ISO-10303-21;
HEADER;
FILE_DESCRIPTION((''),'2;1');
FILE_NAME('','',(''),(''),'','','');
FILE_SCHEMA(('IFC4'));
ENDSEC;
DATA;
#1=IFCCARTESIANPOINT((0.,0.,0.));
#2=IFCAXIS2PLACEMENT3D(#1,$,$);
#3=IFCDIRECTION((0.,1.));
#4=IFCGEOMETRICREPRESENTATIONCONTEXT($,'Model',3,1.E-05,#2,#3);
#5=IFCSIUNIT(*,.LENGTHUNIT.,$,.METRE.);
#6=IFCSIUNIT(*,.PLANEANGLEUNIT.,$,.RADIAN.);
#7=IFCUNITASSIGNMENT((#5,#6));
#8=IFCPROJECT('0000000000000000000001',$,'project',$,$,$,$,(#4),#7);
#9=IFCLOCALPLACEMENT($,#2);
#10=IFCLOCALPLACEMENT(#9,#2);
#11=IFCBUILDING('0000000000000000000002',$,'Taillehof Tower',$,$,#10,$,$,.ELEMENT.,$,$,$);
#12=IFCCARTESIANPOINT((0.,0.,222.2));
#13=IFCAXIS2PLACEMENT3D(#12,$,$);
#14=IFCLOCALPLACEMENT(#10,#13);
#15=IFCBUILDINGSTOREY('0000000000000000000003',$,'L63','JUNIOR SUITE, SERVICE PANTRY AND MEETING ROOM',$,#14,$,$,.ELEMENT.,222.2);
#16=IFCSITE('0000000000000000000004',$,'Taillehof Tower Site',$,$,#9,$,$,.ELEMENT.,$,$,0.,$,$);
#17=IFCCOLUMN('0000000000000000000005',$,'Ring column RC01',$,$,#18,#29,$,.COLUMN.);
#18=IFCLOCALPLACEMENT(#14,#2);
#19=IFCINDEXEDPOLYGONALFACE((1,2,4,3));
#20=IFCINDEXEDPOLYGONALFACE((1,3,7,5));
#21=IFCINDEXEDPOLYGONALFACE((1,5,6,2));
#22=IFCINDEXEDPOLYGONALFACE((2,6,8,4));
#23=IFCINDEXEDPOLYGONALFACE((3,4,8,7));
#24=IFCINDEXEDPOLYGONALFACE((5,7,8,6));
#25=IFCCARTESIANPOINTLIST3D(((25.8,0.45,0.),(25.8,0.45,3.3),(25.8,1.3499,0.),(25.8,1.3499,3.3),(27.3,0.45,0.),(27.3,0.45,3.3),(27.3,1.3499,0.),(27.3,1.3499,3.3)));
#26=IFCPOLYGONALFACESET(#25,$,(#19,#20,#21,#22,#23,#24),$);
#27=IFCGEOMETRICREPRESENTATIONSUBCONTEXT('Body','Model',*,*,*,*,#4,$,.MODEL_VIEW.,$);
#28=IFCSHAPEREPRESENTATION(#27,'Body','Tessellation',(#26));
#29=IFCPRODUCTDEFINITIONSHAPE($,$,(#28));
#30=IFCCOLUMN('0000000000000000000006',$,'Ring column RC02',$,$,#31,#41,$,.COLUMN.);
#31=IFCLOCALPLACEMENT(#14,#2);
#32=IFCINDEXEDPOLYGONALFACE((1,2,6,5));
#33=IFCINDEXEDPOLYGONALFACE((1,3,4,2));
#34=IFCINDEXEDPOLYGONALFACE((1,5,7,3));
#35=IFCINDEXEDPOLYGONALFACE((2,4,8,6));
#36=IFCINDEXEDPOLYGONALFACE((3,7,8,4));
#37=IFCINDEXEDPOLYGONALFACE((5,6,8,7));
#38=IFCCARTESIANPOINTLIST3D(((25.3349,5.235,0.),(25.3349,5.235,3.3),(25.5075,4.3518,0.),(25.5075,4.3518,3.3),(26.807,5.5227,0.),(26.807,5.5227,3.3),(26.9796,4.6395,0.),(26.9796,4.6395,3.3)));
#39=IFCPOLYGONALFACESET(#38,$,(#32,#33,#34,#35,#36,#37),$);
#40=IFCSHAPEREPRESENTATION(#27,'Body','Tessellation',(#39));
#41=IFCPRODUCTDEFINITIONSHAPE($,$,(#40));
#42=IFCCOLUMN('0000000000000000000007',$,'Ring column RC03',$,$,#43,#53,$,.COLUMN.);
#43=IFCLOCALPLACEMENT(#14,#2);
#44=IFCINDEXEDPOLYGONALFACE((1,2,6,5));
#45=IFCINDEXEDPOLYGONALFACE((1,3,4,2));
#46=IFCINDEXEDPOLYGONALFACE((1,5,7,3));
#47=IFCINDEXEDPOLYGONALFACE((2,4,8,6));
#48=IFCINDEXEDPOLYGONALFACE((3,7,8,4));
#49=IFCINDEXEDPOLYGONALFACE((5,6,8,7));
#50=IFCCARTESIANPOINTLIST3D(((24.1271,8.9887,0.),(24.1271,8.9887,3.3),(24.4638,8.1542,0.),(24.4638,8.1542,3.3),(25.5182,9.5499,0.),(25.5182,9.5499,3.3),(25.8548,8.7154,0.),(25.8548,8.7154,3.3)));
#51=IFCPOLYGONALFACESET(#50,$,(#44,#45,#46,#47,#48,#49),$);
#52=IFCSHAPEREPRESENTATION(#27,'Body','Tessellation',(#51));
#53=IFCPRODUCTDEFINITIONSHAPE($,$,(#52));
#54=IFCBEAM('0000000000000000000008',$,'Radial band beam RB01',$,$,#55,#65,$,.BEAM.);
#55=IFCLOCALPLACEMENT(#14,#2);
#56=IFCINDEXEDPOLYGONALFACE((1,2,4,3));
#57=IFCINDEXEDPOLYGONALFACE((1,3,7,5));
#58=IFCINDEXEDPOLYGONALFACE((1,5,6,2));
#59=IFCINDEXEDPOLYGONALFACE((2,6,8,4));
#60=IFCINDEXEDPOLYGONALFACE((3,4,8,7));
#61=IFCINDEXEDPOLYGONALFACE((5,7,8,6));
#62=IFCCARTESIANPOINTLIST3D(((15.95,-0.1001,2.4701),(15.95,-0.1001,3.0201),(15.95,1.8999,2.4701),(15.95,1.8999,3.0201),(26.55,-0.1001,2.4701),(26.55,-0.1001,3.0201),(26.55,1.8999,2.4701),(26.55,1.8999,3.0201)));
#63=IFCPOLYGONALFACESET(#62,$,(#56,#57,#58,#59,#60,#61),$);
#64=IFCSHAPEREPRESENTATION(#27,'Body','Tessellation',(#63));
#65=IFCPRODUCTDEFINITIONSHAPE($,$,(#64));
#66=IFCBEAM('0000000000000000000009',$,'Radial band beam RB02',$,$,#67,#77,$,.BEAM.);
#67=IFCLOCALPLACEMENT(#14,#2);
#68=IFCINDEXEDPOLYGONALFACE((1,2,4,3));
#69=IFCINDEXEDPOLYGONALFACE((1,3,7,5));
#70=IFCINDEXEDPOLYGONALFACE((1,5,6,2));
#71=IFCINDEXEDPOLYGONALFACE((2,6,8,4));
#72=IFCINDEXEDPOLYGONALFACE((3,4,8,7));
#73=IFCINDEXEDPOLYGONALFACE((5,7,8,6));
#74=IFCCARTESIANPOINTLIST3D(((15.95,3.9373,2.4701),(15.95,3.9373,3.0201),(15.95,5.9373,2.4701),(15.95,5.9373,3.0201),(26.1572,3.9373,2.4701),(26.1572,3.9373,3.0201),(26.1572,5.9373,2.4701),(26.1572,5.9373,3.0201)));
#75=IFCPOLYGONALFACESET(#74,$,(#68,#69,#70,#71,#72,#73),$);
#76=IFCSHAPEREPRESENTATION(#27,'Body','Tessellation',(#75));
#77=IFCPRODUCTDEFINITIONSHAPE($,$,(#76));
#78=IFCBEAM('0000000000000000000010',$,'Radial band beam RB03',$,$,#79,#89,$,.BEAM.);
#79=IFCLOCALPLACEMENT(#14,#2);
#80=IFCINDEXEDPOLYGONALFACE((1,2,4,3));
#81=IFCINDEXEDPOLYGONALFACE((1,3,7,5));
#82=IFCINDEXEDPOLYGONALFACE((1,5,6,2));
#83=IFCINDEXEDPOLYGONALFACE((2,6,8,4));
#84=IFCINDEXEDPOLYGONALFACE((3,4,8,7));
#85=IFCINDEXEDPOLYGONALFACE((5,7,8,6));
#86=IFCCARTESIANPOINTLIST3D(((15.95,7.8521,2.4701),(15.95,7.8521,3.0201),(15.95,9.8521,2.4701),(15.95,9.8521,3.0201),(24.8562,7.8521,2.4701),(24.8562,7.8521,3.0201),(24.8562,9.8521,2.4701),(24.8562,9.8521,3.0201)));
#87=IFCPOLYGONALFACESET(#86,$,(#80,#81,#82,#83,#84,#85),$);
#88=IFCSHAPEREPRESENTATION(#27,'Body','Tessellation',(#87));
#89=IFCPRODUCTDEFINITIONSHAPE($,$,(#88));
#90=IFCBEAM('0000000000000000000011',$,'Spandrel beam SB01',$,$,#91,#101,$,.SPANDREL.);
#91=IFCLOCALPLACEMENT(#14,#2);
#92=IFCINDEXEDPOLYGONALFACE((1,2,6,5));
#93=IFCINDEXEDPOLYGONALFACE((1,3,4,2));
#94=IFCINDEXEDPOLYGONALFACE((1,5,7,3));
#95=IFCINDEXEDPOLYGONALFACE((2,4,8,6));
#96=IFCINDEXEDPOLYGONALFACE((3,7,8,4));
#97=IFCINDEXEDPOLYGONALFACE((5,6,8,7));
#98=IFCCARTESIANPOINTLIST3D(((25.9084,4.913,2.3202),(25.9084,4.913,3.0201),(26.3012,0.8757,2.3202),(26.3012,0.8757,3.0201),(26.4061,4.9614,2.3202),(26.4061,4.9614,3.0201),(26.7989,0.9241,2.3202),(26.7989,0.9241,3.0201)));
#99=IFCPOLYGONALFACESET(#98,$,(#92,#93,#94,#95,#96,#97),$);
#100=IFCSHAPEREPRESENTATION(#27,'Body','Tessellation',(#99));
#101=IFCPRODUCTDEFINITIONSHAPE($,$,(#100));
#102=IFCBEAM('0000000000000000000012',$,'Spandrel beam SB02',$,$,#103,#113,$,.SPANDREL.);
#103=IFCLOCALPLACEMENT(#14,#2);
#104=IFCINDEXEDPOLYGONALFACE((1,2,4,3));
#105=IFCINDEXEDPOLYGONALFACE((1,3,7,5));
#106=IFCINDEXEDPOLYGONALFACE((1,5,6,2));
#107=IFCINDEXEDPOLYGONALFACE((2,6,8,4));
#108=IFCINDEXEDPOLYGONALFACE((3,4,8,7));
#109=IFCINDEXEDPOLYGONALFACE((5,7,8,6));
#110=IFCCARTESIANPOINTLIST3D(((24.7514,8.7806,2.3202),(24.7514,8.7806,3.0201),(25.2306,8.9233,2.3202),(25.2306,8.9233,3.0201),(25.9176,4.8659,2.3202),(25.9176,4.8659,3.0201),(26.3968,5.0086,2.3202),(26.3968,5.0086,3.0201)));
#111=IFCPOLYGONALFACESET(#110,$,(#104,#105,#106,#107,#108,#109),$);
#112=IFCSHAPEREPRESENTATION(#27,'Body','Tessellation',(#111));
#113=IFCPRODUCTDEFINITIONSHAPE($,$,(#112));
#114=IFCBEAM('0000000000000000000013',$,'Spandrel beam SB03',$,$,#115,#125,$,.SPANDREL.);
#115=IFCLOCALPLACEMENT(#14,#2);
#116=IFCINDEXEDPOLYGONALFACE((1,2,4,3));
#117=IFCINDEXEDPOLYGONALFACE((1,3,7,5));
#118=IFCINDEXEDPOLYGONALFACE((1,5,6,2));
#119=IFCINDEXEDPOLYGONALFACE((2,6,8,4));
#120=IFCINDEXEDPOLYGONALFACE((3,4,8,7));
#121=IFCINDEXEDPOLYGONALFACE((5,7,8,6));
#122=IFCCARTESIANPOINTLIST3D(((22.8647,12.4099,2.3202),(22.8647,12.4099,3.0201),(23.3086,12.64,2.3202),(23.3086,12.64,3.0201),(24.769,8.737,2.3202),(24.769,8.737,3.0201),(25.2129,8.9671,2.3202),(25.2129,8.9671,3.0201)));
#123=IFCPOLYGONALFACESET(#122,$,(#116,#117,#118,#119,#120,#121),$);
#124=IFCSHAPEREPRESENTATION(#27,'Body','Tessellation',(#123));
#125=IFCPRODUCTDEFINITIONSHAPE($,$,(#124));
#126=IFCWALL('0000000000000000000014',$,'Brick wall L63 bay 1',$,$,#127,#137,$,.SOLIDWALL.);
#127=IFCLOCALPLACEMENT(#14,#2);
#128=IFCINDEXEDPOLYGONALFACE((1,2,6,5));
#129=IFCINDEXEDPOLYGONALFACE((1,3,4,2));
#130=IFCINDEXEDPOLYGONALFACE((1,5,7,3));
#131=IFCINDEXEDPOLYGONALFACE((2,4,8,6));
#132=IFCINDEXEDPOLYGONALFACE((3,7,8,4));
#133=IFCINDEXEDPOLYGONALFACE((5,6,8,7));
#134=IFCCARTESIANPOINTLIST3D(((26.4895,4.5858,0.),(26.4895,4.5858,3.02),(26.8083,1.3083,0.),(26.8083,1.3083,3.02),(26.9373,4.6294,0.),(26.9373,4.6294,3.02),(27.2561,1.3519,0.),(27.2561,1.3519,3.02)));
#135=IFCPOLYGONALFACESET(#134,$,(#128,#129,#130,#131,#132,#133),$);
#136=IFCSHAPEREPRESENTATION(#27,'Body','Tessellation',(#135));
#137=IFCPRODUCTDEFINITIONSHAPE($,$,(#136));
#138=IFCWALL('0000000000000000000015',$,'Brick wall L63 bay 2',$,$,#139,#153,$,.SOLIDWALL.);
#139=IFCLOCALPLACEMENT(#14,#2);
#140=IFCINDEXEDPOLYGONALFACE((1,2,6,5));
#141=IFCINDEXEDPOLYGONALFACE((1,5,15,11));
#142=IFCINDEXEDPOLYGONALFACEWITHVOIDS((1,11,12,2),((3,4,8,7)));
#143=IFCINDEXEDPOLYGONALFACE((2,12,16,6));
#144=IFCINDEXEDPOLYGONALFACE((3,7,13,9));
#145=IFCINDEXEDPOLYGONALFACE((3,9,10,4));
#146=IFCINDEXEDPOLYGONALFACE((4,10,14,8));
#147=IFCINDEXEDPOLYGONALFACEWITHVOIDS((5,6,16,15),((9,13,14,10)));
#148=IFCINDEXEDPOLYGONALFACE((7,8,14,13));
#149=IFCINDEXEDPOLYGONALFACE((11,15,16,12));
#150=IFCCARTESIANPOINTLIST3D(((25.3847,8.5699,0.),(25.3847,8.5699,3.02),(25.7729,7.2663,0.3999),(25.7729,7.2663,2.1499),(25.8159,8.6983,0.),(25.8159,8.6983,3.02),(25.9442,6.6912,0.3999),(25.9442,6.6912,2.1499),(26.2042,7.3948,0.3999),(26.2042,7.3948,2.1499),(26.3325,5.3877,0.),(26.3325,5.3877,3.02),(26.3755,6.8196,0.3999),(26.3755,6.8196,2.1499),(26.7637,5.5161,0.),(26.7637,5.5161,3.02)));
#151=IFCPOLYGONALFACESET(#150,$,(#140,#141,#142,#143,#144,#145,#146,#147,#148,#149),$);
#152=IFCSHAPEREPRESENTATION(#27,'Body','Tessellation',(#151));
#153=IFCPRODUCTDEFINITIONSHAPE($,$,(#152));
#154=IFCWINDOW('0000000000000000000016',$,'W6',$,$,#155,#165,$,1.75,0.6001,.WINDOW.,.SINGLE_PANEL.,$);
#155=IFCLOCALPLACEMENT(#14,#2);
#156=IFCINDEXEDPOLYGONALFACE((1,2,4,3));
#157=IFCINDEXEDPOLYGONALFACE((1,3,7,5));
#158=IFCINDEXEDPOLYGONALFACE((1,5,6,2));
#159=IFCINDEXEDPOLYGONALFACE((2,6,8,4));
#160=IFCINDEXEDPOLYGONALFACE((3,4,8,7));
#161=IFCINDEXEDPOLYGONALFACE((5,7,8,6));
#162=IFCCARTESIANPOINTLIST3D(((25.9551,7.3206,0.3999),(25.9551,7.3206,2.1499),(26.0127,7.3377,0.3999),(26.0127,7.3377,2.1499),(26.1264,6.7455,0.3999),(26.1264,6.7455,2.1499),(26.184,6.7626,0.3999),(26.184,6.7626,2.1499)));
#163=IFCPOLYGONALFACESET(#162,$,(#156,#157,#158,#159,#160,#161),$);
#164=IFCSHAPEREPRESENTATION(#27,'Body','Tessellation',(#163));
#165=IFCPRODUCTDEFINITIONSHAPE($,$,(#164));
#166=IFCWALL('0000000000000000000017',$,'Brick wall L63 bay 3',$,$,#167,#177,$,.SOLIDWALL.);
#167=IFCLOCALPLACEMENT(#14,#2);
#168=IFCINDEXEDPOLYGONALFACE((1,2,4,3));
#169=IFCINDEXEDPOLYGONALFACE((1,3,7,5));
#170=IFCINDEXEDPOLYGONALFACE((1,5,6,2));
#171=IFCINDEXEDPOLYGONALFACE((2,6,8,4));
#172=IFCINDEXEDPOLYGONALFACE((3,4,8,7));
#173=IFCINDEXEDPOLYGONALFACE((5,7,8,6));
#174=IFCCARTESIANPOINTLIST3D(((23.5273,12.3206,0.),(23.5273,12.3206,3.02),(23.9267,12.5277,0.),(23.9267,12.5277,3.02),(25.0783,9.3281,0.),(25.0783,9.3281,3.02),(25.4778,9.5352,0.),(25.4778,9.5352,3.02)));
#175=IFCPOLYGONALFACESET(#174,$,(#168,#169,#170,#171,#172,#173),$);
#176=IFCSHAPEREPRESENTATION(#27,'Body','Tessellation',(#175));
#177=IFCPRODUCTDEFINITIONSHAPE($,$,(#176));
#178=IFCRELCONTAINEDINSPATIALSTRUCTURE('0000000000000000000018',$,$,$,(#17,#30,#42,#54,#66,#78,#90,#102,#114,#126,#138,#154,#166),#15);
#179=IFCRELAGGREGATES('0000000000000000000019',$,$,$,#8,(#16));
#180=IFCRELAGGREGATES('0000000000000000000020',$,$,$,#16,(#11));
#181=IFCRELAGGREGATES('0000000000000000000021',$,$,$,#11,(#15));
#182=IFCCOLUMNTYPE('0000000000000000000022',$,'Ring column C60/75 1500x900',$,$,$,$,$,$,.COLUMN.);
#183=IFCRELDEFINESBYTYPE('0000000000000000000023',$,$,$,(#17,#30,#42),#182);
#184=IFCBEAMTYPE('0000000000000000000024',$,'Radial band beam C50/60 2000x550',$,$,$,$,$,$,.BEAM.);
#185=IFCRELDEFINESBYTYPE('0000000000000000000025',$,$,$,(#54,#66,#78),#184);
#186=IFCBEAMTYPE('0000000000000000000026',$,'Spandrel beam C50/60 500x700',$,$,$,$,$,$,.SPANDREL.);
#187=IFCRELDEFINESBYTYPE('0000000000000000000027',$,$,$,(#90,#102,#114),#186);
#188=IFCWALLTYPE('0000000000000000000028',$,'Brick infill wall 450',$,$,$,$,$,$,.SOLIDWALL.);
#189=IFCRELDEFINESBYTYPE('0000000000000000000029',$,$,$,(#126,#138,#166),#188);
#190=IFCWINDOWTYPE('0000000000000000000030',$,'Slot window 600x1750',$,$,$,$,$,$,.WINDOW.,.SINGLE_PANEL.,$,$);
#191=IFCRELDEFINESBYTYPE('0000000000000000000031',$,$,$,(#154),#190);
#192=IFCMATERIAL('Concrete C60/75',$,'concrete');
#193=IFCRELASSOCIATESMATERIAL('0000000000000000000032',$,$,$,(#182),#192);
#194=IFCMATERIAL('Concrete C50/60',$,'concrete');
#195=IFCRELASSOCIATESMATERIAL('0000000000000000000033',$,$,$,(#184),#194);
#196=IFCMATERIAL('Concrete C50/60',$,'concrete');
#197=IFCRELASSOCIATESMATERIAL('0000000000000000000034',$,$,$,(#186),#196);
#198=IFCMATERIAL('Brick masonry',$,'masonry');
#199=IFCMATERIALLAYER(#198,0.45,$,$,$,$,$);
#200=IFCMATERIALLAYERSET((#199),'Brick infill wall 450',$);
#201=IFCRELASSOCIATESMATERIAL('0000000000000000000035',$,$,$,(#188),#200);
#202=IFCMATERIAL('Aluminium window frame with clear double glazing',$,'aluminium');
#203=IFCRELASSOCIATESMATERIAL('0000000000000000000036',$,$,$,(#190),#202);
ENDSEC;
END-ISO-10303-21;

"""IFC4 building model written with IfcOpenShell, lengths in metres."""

from ifc_helpers import new_model, si_unit, direction, frame, frame_2d, origin, origin_2d, place, context, subcontext, project, spatial, rectangle, extrude, material, layer, layer_set, material_profile, profile_set, type_object, element, fill, save


model = new_model("IFC4")

# Units and contexts
model_context = context("Model", 3, precision=1e-05, world=origin(), true_north=direction((0.0, 1.0)))
body_context = subcontext(model_context, "Body", "Model", "MODEL_VIEW")
ifc_project = project(units=[si_unit("LENGTHUNIT", "METRE"), si_unit("PLANEANGLEUNIT", "RADIAN")], contexts=[model_context])

# Site, building, storey
site_placement = place(None, origin())
site = spatial("IfcSite", under=ifc_project, at=site_placement, Name="Taillehof Tower Site", CompositionType="ELEMENT", RefElevation=0.0)
building_placement = place(site_placement, origin())
building = spatial("IfcBuilding", under=site, at=building_placement, Name="Taillehof Tower", CompositionType="ELEMENT")
storey_placement = place(building_placement, frame((0.0, 0.0, 222.2)))
storey = spatial("IfcBuildingStorey", under=building, at=storey_placement, Name="L63", Description="JUNIOR SUITE, SERVICE PANTRY AND MEETING ROOM", CompositionType="ELEMENT", Elevation=222.2)

# Columns
ifc_material_1 = material(Name="Concrete C60/75", Category="concrete")
ifc_material_profile_1 = material_profile(ifc_material_1, rectangle(XDim=1.5, YDim=0.8999, at=origin_2d()), Name="RC 1500x900")
ifc_profile_set_1 = profile_set([ifc_material_profile_1], Name="Concrete C60/75")
column_type = type_object("IfcColumnType", Name="Ring column C60/75 1500x900", PredefinedType="COLUMN", material=ifc_profile_set_1)
for number, where, z_axis, x_axis, name in (
    (1, (26.55, 0.8999, 0.0), (0.0, 0.0, 1.0), (1.0, 0.0, 0.0), "Ring column RC01"),
    (2, (26.1572, 4.9373, 0.0), (0.0, 0.0, 1.0), (0.981434, 0.191801, 0.0), "Ring column RC02"),
    (3, (24.991, 8.8521, 0.0), (0.0, 0.0, 1.0), (0.927385, 0.374108, 0.0), "Ring column RC03"),
):
    element("IfcColumn", number, at=place(storey_placement, frame(where, z_axis=z_axis, x_axis=x_axis)), inside=storey, type_object=column_type, Name=name, PredefinedType="COLUMN", context=body_context, shape_type="SweptSolid", body=[
        extrude(rectangle(XDim=1.5, YDim=0.8999, at=origin_2d()), origin(), (0.0, 0.0, 1.0), 3.3),
    ])

# Beams
ifc_material_2 = material(Name="Concrete C50/60", Category="concrete")
ifc_material_profile_2 = material_profile(ifc_material_2, rectangle(XDim=2.0, YDim=0.55, at=origin_2d()), Name="RC 2000x550")
ifc_profile_set_2 = profile_set([ifc_material_profile_2], Name="Concrete C50/60")
beam_type_1 = type_object("IfcBeamType", Name="Radial band beam C50/60 2000x550", PredefinedType="BEAM", material=ifc_profile_set_2)
beam_1_placement = place(storey_placement, frame((26.55, 0.8999, 2.7451), z_axis=(-1.0, 0.0, 0.0), x_axis=(0.0, -1.0, 0.0)))
element("IfcBeam", 4, at=beam_1_placement, inside=storey, type_object=beam_type_1, Name="Radial band beam RB01", PredefinedType="BEAM", context=body_context, shape_type="SweptSolid", body=[
    extrude(rectangle(XDim=2.0, YDim=0.55, at=origin_2d()), origin(), (0.0, 0.0, 1.0), 10.6001),
])
beam_2_placement = place(storey_placement, frame((26.1572, 4.9373, 2.7451), z_axis=(-1.0, 0.0, 0.0), x_axis=(0.0, -1.0, 0.0)))
element("IfcBeam", 5, at=beam_2_placement, inside=storey, type_object=beam_type_1, Name="Radial band beam RB02", PredefinedType="BEAM", context=body_context, shape_type="SweptSolid", body=[
    extrude(rectangle(XDim=2.0, YDim=0.55, at=origin_2d()), origin(), (0.0, 0.0, 1.0), 10.2073),
])
beam_3_placement = place(storey_placement, frame((24.8562, 8.8521, 2.7451), z_axis=(-1.0, 0.0, 0.0), x_axis=(0.0, -1.0, 0.0)))
element("IfcBeam", 6, at=beam_3_placement, inside=storey, type_object=beam_type_1, Name="Radial band beam RB03", PredefinedType="BEAM", context=body_context, shape_type="SweptSolid", body=[
    extrude(rectangle(XDim=2.0, YDim=0.55, at=origin_2d()), origin(), (0.0, 0.0, 1.0), 8.9062),
])
ifc_material_3 = material(Name="Concrete C50/60", Category="concrete")
ifc_material_profile_3 = material_profile(ifc_material_3, rectangle(XDim=0.5, YDim=0.7, at=origin_2d()), Name="RC 500x700")
ifc_profile_set_3 = profile_set([ifc_material_profile_3], Name="Concrete C50/60")
beam_type_2 = type_object("IfcBeamType", Name="Spandrel beam C50/60 500x700", PredefinedType="SPANDREL", material=ifc_profile_set_3)
beam_4_placement = place(storey_placement, frame((26.55, 0.8999, 2.6702), z_axis=(-0.09684, 0.9953, 0.0), x_axis=(-0.9953, -0.09684, 0.0)))
element("IfcBeam", 7, at=beam_4_placement, inside=storey, type_object=beam_type_2, Name="Spandrel beam SB01", PredefinedType="SPANDREL", context=body_context, shape_type="SweptSolid", body=[
    extrude(rectangle(XDim=0.5, YDim=0.7, at=origin_2d()), origin(), (0.0, 0.0, 1.0), 4.0564),
])
beam_5_placement = place(storey_placement, frame((26.1572, 4.9373, 2.6702), z_axis=(-0.28551, 0.958376, 0.0), x_axis=(-0.958376, -0.28551, 0.0)))
element("IfcBeam", 8, at=beam_5_placement, inside=storey, type_object=beam_type_2, Name="Spandrel beam SB02", PredefinedType="SPANDREL", context=body_context, shape_type="SweptSolid", body=[
    extrude(rectangle(XDim=0.5, YDim=0.7, at=origin_2d()), origin(), (0.0, 0.0, 1.0), 4.0847),
])
beam_6_placement = place(storey_placement, frame((24.991, 8.8521, 2.6702), z_axis=(-0.46029, 0.887769, 0.0), x_axis=(-0.887769, -0.46029, 0.0)))
element("IfcBeam", 9, at=beam_6_placement, inside=storey, type_object=beam_type_2, Name="Spandrel beam SB03", PredefinedType="SPANDREL", context=body_context, shape_type="SweptSolid", body=[
    extrude(rectangle(XDim=0.5, YDim=0.7, at=origin_2d()), origin(), (0.0, 0.0, 1.0), 4.1372),
])

# Wall
ifc_material_4 = material(Name="Brick masonry", Category="masonry")
ifc_layer_1 = layer(ifc_material_4, 0.45)
ifc_layer_set_1 = layer_set([ifc_layer_1], Name="Brick infill wall 450")
wall_type_1 = type_object("IfcWallType", Name="Brick infill wall 450", PredefinedType="SOLIDWALL", material=ifc_layer_set_1)
wall_1_placement = place(storey_placement, frame((27.0322, 1.3301, 0.0), z_axis=(0.0, 0.0, 1.0), x_axis=(-0.096824, 0.995302, 0.0)))
element("IfcWall", 10, at=wall_1_placement, inside=storey, type_object=wall_type_1, Name="Brick wall L63 bay 1", PredefinedType="SOLIDWALL", context=body_context, shape_type="SweptSolid", body=[
    extrude(rectangle(XDim=3.293, YDim=0.45, at=frame_2d((1.6465, 0.0))), origin(), (0.0, 0.0, 1.0), 3.02),
])

# Wall, opening, window
wall_2_placement = place(storey_placement, frame((26.5481, 5.4519, 0.0), z_axis=(0.0, 0.0, 1.0), x_axis=(-0.285445, 0.958395, 0.0)))
wall_2 = element("IfcWall", 11, at=wall_2_placement, inside=storey, type_object=wall_type_1, Name="Brick wall L63 bay 2", PredefinedType="SOLIDWALL", context=body_context, shape_type="SweptSolid", body=[
    extrude(rectangle(XDim=3.3203, YDim=0.45, at=frame_2d((1.6602, 0.0))), origin(), (0.0, 0.0, 1.0), 3.02),
])
opening_1_placement = place(wall_2_placement, frame((1.3601, 0.0, 0.3999)))
opening_1 = element("IfcOpeningElement", 12, at=opening_1_placement, cuts=wall_2, PredefinedType="OPENING", context=body_context, shape_type="SweptSolid", body=[
    extrude(rectangle(XDim=0.6001, YDim=1.75, at=frame_2d((0.3, 0.875))), frame((0.0, 0.2349, 0.0), z_axis=(0.0, -1.0, 0.0), x_axis=(1.0, 0.0, 0.0)), (0.0, 0.0, 1.0), 0.47),
])
ifc_material_5 = material(Name="Aluminium window frame with clear double glazing", Category="aluminium")
window_type = type_object("IfcWindowType", Name="Slot window 600x1750", PartitioningType="SINGLE_PANEL", PredefinedType="WINDOW", material=ifc_material_5)
window_placement = place(opening_1_placement, origin())
window = element("IfcWindow", 13, at=window_placement, inside=storey, type_object=window_type, Name="W6", OverallHeight=1.75, OverallWidth=0.6001, PartitioningType="SINGLE_PANEL", PredefinedType="WINDOW", context=body_context, shape_type="SweptSolid", body=[
    extrude(rectangle(XDim=0.6001, YDim=1.75, at=frame_2d((0.3, 0.875))), frame((0.0, 0.0349, 0.0), z_axis=(0.0, -1.0, 0.0), x_axis=(1.0, 0.0, 0.0)), (0.0, 0.0, 1.0), 0.0601),
])
fill(opening_1, window)

# Wall
wall_3_placement = place(storey_placement, frame((25.2781, 9.4316, 0.0), z_axis=(0.0, 0.0, 1.0), x_axis=(-0.460176, 0.887828, 0.0)))
element("IfcWall", 14, at=wall_3_placement, inside=storey, type_object=wall_type_1, Name="Brick wall L63 bay 3", PredefinedType="SOLIDWALL", context=body_context, shape_type="SweptSolid", body=[
    extrude(rectangle(XDim=3.3706, YDim=0.45, at=frame_2d((1.6853, 0.0))), origin(), (0.0, 0.0, 1.0), 3.02),
])

save(model, "model.ifc")
